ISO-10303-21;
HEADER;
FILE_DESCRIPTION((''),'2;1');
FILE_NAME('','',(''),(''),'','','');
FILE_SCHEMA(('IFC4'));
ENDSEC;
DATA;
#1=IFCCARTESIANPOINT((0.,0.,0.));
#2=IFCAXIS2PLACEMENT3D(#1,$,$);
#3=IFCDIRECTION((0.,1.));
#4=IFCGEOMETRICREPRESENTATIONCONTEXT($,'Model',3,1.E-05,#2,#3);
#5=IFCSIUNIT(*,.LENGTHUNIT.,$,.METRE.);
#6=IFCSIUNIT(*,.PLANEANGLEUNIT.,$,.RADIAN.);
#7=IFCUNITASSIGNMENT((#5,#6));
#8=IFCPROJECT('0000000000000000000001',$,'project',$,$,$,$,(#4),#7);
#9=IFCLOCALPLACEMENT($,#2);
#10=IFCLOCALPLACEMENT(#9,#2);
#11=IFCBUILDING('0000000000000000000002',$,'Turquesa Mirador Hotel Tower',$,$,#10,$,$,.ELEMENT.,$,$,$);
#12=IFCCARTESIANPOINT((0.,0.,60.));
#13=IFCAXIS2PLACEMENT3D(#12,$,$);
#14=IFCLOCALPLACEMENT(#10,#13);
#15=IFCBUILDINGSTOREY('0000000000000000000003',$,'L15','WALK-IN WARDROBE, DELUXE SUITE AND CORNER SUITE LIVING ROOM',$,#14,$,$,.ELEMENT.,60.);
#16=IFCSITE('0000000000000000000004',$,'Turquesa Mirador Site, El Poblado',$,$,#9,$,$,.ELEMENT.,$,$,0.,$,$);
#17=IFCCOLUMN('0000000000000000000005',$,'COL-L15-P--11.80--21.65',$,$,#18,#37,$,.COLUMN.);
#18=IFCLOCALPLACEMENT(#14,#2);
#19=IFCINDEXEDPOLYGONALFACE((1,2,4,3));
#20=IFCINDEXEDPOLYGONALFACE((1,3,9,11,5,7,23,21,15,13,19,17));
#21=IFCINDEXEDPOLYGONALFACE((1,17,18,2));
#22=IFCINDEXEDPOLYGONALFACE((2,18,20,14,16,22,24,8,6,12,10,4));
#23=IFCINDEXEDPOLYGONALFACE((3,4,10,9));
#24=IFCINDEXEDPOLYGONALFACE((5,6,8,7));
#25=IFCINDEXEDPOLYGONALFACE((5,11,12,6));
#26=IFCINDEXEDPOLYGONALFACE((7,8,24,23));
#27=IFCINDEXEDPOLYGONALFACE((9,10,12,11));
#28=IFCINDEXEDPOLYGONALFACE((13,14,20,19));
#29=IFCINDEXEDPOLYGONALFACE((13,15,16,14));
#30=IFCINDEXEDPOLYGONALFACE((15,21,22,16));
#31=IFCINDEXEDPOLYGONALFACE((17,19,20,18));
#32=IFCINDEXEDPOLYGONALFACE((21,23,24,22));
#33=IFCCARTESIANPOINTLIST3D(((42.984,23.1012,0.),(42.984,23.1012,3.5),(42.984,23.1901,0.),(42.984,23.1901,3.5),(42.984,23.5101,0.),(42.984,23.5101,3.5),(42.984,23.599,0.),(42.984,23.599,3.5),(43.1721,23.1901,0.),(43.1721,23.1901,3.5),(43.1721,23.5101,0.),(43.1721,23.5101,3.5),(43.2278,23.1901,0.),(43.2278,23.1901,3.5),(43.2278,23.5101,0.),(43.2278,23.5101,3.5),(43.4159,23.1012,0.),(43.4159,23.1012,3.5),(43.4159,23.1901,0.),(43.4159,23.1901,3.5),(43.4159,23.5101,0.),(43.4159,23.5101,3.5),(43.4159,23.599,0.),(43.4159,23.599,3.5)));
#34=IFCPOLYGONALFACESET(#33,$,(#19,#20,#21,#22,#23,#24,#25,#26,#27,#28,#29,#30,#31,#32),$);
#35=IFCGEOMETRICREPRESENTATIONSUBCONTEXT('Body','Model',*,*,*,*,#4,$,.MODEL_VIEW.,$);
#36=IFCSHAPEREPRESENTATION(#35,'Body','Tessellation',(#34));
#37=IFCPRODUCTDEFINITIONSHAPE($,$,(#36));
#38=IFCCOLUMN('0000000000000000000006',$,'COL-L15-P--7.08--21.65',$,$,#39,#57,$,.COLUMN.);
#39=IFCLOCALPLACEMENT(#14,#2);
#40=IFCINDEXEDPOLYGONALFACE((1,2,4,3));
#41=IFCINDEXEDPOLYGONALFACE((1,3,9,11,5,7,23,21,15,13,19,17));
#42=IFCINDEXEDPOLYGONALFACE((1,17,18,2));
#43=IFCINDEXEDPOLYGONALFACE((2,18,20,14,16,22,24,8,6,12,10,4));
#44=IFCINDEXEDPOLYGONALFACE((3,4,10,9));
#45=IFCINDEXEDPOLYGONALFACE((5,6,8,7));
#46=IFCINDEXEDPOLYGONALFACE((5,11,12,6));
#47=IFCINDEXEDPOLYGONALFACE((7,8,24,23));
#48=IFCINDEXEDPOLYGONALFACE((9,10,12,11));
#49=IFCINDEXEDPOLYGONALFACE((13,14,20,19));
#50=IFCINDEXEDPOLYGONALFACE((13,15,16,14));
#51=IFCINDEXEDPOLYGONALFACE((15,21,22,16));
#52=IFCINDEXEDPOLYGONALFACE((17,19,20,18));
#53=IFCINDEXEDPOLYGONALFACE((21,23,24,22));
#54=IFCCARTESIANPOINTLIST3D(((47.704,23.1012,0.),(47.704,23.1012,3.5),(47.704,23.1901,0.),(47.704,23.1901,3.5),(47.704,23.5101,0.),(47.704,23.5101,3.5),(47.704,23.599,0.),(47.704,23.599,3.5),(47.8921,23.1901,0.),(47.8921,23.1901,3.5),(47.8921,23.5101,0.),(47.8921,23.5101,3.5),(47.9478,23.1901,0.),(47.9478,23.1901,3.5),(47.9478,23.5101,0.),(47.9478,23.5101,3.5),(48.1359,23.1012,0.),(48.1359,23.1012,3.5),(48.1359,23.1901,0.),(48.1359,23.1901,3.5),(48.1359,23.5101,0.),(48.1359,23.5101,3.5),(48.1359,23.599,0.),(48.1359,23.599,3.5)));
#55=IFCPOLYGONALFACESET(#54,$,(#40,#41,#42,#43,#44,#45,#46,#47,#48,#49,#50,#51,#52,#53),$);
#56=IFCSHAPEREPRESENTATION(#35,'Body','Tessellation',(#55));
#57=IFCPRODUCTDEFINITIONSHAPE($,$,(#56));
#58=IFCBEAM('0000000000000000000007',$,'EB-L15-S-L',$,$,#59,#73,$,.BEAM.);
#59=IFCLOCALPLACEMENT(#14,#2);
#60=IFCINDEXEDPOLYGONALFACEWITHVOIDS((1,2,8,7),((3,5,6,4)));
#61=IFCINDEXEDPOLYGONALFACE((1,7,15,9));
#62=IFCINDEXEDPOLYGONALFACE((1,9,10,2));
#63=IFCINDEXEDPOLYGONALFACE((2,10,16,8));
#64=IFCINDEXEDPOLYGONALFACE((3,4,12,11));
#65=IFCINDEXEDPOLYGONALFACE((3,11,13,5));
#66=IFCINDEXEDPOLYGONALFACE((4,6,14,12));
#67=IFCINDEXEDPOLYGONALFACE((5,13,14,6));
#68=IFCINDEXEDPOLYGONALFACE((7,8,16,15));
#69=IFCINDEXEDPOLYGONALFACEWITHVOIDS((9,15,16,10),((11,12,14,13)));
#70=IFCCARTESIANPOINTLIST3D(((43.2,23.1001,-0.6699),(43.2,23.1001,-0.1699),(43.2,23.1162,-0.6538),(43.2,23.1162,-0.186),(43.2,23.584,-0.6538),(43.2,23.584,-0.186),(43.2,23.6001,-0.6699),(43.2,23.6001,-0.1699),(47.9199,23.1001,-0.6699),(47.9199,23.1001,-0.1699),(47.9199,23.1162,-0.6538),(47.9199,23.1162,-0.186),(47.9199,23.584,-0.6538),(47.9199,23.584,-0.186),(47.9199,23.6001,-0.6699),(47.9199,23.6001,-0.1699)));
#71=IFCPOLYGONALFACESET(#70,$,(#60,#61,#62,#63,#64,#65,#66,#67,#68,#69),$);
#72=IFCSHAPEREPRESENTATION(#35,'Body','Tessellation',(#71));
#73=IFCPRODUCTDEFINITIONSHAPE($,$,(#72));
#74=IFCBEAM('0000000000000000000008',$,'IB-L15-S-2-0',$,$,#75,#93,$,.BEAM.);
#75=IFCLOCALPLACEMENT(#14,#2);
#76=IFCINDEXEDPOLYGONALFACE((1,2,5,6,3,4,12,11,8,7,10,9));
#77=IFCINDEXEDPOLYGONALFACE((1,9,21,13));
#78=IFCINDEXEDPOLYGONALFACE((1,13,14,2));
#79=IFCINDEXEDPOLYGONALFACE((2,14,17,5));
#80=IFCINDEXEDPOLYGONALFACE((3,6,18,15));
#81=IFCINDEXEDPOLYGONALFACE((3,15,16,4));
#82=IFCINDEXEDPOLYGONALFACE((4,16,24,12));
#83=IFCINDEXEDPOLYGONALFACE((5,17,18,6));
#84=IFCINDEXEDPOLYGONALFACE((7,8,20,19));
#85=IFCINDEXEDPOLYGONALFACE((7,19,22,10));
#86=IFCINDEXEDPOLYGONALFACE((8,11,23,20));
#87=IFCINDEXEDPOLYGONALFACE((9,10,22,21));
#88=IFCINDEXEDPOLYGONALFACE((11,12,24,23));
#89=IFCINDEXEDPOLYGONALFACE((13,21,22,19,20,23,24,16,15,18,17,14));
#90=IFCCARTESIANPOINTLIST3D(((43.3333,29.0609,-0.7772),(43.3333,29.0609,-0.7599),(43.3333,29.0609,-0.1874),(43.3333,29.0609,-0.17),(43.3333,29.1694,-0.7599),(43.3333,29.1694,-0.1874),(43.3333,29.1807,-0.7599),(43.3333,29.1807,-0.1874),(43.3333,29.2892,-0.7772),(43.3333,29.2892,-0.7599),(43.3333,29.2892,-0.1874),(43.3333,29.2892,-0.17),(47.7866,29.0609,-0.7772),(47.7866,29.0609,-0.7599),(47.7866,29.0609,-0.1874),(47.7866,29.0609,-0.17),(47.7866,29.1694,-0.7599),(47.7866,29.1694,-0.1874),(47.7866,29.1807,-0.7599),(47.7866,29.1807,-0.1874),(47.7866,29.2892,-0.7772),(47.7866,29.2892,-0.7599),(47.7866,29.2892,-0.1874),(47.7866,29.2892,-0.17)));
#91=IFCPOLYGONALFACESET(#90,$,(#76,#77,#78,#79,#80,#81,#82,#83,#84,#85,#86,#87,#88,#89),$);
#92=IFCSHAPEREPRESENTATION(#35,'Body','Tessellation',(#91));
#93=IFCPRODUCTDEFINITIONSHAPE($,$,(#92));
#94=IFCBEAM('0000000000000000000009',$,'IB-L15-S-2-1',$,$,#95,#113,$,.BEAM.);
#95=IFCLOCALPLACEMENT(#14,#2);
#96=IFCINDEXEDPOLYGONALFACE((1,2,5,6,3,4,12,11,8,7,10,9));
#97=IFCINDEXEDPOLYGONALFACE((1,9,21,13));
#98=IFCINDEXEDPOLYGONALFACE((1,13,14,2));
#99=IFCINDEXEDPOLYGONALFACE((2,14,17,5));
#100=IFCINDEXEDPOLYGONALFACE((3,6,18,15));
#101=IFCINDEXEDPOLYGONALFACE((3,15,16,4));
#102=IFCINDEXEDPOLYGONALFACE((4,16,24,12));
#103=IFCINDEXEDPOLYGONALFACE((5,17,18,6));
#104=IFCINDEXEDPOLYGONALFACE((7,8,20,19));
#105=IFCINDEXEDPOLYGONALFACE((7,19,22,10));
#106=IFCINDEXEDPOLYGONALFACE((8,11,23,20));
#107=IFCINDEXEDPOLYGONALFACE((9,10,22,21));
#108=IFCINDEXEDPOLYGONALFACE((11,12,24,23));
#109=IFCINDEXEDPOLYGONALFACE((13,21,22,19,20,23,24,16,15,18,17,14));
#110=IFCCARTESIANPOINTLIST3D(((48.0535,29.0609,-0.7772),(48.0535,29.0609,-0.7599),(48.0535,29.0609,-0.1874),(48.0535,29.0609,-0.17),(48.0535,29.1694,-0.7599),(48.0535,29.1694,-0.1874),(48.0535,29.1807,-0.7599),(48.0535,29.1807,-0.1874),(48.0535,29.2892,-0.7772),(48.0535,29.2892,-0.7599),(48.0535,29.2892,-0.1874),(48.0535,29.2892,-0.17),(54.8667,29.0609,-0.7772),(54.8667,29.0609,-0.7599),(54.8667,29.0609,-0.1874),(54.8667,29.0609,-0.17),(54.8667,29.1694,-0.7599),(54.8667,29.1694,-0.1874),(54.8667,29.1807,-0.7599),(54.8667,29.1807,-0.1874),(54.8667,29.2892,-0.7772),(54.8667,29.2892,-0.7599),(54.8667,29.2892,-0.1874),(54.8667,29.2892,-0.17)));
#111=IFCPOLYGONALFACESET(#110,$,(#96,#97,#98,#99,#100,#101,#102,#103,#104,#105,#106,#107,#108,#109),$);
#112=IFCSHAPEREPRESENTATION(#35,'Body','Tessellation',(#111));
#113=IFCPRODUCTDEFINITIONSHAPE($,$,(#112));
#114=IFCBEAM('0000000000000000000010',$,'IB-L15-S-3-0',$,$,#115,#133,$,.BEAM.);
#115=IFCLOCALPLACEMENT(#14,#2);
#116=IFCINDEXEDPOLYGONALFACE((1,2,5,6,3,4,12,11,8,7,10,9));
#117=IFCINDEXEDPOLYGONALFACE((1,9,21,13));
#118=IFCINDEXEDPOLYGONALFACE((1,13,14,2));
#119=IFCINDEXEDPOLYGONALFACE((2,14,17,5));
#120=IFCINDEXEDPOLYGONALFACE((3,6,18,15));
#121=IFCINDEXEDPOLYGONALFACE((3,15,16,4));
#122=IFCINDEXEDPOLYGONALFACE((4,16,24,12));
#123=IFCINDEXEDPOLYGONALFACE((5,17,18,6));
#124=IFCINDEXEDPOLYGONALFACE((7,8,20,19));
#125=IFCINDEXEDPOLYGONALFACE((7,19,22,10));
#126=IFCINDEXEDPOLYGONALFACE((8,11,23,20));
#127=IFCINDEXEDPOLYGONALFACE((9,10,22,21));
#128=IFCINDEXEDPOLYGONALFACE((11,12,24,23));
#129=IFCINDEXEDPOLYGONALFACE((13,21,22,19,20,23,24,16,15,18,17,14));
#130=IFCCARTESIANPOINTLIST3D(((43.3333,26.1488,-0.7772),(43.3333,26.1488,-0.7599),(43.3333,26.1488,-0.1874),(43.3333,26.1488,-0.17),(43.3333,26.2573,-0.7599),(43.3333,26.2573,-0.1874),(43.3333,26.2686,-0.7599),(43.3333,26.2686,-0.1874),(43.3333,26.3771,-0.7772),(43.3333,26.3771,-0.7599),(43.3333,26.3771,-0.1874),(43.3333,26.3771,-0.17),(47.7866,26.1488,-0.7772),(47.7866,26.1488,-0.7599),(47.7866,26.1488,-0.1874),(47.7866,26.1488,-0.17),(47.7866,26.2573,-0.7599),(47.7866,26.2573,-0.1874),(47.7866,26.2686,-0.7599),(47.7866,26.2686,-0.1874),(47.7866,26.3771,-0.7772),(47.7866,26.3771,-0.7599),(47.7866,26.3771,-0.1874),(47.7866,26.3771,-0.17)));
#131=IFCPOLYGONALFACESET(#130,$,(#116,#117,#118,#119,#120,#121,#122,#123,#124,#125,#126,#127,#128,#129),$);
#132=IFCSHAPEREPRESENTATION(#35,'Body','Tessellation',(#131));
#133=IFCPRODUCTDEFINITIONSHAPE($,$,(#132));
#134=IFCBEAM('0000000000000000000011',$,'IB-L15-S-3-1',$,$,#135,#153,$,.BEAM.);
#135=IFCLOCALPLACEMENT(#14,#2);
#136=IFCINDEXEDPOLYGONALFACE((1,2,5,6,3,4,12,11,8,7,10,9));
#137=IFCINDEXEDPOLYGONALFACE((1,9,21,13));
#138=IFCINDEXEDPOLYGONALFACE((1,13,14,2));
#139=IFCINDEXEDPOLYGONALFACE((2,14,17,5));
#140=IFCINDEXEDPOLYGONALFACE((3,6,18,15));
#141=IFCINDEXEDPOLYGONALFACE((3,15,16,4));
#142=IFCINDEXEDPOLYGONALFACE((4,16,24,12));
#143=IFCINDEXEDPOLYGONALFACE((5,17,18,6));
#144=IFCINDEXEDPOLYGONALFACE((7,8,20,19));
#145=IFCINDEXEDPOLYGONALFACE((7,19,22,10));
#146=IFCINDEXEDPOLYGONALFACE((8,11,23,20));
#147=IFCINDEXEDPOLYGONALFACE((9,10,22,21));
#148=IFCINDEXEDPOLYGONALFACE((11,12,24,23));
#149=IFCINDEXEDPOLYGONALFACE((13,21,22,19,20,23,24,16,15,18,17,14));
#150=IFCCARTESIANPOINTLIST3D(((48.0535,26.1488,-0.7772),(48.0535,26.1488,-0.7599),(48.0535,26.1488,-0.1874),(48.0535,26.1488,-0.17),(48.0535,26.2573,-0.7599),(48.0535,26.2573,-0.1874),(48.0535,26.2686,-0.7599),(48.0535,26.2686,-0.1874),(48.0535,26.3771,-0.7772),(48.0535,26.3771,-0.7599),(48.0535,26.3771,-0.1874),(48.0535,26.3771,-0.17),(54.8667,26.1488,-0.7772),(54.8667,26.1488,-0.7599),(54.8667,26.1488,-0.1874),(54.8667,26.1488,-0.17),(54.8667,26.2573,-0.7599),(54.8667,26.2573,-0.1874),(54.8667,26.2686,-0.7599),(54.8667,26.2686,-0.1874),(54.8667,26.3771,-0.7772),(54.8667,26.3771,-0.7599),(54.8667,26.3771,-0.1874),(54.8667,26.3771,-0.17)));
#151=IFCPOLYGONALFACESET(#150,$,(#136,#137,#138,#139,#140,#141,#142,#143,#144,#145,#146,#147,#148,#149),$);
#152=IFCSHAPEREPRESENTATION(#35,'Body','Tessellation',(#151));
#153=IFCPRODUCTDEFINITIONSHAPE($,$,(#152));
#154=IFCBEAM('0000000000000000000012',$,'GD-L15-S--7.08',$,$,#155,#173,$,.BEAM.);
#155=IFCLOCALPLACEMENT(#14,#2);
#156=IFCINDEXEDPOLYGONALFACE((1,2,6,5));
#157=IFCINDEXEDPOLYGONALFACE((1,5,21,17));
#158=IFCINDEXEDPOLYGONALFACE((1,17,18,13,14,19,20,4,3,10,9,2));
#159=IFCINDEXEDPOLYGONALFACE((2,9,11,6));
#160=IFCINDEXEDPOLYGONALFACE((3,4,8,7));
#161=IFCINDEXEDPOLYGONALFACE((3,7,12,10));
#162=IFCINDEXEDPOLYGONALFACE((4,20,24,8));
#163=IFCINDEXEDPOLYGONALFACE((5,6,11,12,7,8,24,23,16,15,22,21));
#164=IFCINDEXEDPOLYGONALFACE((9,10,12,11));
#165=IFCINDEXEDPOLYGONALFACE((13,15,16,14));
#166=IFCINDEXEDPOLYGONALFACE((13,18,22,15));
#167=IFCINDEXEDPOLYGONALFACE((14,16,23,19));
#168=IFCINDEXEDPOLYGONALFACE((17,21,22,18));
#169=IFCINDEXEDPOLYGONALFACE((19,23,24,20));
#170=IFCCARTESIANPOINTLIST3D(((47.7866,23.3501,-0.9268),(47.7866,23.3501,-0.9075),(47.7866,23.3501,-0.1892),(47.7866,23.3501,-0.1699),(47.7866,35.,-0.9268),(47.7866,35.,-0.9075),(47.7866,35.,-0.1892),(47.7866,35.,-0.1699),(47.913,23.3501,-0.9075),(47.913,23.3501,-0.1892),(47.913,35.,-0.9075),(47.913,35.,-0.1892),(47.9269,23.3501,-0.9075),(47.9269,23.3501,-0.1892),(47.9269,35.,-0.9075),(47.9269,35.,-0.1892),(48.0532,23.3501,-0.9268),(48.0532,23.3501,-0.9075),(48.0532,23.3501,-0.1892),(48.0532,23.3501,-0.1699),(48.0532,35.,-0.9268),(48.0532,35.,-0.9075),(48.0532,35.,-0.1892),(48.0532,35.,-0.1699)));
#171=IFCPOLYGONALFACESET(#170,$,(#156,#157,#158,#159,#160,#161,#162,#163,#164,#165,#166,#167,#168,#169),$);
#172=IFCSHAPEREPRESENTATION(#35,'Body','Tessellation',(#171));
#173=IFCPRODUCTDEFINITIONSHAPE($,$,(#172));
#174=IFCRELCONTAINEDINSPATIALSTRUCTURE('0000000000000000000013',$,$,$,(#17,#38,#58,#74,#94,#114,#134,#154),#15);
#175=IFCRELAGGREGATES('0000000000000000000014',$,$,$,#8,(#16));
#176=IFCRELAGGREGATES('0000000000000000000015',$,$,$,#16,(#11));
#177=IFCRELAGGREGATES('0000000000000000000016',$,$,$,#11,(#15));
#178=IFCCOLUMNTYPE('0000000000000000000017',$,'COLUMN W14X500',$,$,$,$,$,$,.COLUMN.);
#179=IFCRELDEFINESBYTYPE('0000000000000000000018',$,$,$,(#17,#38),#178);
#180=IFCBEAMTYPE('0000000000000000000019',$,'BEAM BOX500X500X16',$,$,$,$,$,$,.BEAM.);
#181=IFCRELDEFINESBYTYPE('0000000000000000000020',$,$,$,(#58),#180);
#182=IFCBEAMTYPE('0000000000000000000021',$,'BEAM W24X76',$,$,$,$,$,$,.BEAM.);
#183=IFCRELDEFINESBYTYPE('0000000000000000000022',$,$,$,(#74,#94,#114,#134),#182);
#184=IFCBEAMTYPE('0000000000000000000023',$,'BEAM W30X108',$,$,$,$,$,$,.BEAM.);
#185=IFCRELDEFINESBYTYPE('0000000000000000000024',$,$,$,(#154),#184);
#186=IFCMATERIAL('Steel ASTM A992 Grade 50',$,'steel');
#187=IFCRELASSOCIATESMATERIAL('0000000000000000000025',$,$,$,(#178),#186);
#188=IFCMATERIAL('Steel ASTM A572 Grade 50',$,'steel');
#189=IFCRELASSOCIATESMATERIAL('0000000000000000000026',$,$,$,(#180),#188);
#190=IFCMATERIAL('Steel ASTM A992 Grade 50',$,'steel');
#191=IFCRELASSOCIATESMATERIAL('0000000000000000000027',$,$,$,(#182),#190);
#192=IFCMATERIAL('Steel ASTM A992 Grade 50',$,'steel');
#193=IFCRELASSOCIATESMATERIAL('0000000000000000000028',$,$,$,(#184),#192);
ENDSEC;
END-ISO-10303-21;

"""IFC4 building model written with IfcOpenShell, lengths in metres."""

from ifc_helpers import new_model, si_unit, direction, frame, origin, origin_2d, place, context, subcontext, project, spatial, hollow_rectangle, i_section, extrude, material, material_profile, profile_set, type_object, element, save


model = new_model("IFC4")

# Units and contexts
model_context = context("Model", 3, precision=1e-05, world=origin(), true_north=direction((0.0, 1.0)))
body_context = subcontext(model_context, "Body", "Model", "MODEL_VIEW")
ifc_project = project(units=[si_unit("LENGTHUNIT", "METRE"), si_unit("PLANEANGLEUNIT", "RADIAN")], contexts=[model_context])

# Site, building, storey
site_placement = place(None, origin())
site = spatial("IfcSite", under=ifc_project, at=site_placement, Name="Turquesa Mirador Site, El Poblado", CompositionType="ELEMENT", RefElevation=0.0)
building_placement = place(site_placement, origin())
building = spatial("IfcBuilding", under=site, at=building_placement, Name="Turquesa Mirador Hotel Tower", CompositionType="ELEMENT")
storey_placement = place(building_placement, frame((0.0, 0.0, 60.0)))
storey = spatial("IfcBuildingStorey", under=building, at=storey_placement, Name="L15", Description="WALK-IN WARDROBE, DELUXE SUITE AND CORNER SUITE LIVING ROOM", CompositionType="ELEMENT", Elevation=60.0)

# Columns
ifc_material_1 = material(Name="Steel ASTM A992 Grade 50", Category="steel")
ifc_material_profile_1 = material_profile(ifc_material_1, i_section(OverallWidth=0.4319, OverallDepth=0.4978, WebThickness=0.0557, FlangeThickness=0.0889, at=origin_2d()), Name="W14X500")
ifc_profile_set_1 = profile_set([ifc_material_profile_1], Name="Steel ASTM A992 Grade 50")
column_type = type_object("IfcColumnType", Name="COLUMN W14X500", PredefinedType="COLUMN", material=ifc_profile_set_1)
for number, where, z_axis, x_axis, name in (
    (1, (43.2, 23.3501, 0.0), (0.0, 0.0, 1.0), (1.0, 0.0, 0.0), "COL-L15-P--11.80--21.65"),
    (2, (47.9199, 23.3501, 0.0), (0.0, 0.0, 1.0), (1.0, 0.0, 0.0), "COL-L15-P--7.08--21.65"),
):
    element("IfcColumn", number, at=place(storey_placement, frame(where, z_axis=z_axis, x_axis=x_axis)), inside=storey, type_object=column_type, Name=name, PredefinedType="COLUMN", context=body_context, shape_type="SweptSolid", body=[
        extrude(i_section(OverallWidth=0.4319, OverallDepth=0.4978, WebThickness=0.0557, FlangeThickness=0.0889, at=origin_2d()), origin(), (0.0, 0.0, 1.0), 3.5),
    ])

# Beams
ifc_material_2 = material(Name="Steel ASTM A572 Grade 50", Category="steel")
ifc_material_profile_2 = material_profile(ifc_material_2, hollow_rectangle(XDim=0.5, YDim=0.5, WallThickness=0.0161, at=origin_2d()), Name="BOX500X500X16")
ifc_profile_set_2 = profile_set([ifc_material_profile_2], Name="Steel ASTM A572 Grade 50")
beam_type_1 = type_object("IfcBeamType", Name="BEAM BOX500X500X16", PredefinedType="BEAM", material=ifc_profile_set_2)
beam_1_placement = place(storey_placement, frame((43.2, 23.3501, -0.4199), z_axis=(1.0, 0.0, 0.0), x_axis=(0.0, 1.0, 0.0)))
element("IfcBeam", 3, at=beam_1_placement, inside=storey, type_object=beam_type_1, Name="EB-L15-S-L", PredefinedType="BEAM", context=body_context, shape_type="SweptSolid", body=[
    extrude(hollow_rectangle(XDim=0.5, YDim=0.5, WallThickness=0.0161, at=origin_2d()), origin(), (0.0, 0.0, 1.0), 4.72),
])
ifc_material_3 = material(Name="Steel ASTM A992 Grade 50", Category="steel")
ifc_material_profile_3 = material_profile(ifc_material_3, i_section(OverallWidth=0.2283, OverallDepth=0.6072, WebThickness=0.0112, FlangeThickness=0.0173, at=origin_2d()), Name="W24X76")
ifc_profile_set_3 = profile_set([ifc_material_profile_3], Name="Steel ASTM A992 Grade 50")
beam_type_2 = type_object("IfcBeamType", Name="BEAM W24X76", PredefinedType="BEAM", material=ifc_profile_set_3)
beam_2_placement = place(storey_placement, frame((43.3333, 29.175, -0.4736), z_axis=(1.0, 0.0, 0.0), x_axis=(0.0, 1.0, 0.0)))
element("IfcBeam", 4, at=beam_2_placement, inside=storey, type_object=beam_type_2, Name="IB-L15-S-2-0", PredefinedType="BEAM", context=body_context, shape_type="SweptSolid", body=[
    extrude(i_section(OverallWidth=0.2283, OverallDepth=0.6072, WebThickness=0.0112, FlangeThickness=0.0173, at=origin_2d()), origin(), (0.0, 0.0, 1.0), 4.4534),
])
beam_3_placement = place(storey_placement, frame((48.0535, 29.175, -0.4736), z_axis=(1.0, 0.0, 0.0), x_axis=(0.0, 1.0, 0.0)))
element("IfcBeam", 5, at=beam_3_placement, inside=storey, type_object=beam_type_2, Name="IB-L15-S-2-1", PredefinedType="BEAM", context=body_context, shape_type="SweptSolid", body=[
    extrude(i_section(OverallWidth=0.2283, OverallDepth=0.6072, WebThickness=0.0112, FlangeThickness=0.0173, at=origin_2d()), origin(), (0.0, 0.0, 1.0), 6.8132),
])
beam_4_placement = place(storey_placement, frame((43.3333, 26.2629, -0.4736), z_axis=(1.0, 0.0, 0.0), x_axis=(0.0, 1.0, 0.0)))
element("IfcBeam", 6, at=beam_4_placement, inside=storey, type_object=beam_type_2, Name="IB-L15-S-3-0", PredefinedType="BEAM", context=body_context, shape_type="SweptSolid", body=[
    extrude(i_section(OverallWidth=0.2283, OverallDepth=0.6072, WebThickness=0.0112, FlangeThickness=0.0173, at=origin_2d()), origin(), (0.0, 0.0, 1.0), 4.4534),
])
beam_5_placement = place(storey_placement, frame((48.0535, 26.2629, -0.4736), z_axis=(1.0, 0.0, 0.0), x_axis=(0.0, 1.0, 0.0)))
element("IfcBeam", 7, at=beam_5_placement, inside=storey, type_object=beam_type_2, Name="IB-L15-S-3-1", PredefinedType="BEAM", context=body_context, shape_type="SweptSolid", body=[
    extrude(i_section(OverallWidth=0.2283, OverallDepth=0.6072, WebThickness=0.0112, FlangeThickness=0.0173, at=origin_2d()), origin(), (0.0, 0.0, 1.0), 6.8132),
])
ifc_material_4 = material(Name="Steel ASTM A992 Grade 50", Category="steel")
ifc_material_profile_4 = material_profile(ifc_material_4, i_section(OverallWidth=0.2666, OverallDepth=0.7568, WebThickness=0.0139, FlangeThickness=0.0193, at=origin_2d()), Name="W30X108")
ifc_profile_set_4 = profile_set([ifc_material_profile_4], Name="Steel ASTM A992 Grade 50")
beam_type_3 = type_object("IfcBeamType", Name="BEAM W30X108", PredefinedType="BEAM", material=ifc_profile_set_4)
beam_6_placement = place(storey_placement, frame((47.9199, 23.3501, -0.5483), z_axis=(0.0, 1.0, 0.0), x_axis=(-1.0, 0.0, 0.0)))
element("IfcBeam", 8, at=beam_6_placement, inside=storey, type_object=beam_type_3, Name="GD-L15-S--7.08", PredefinedType="BEAM", context=body_context, shape_type="SweptSolid", body=[
    extrude(i_section(OverallWidth=0.2666, OverallDepth=0.7568, WebThickness=0.0139, FlangeThickness=0.0193, at=origin_2d()), origin(), (0.0, 0.0, 1.0), 11.6499),
])

save(model, "model.ifc")
